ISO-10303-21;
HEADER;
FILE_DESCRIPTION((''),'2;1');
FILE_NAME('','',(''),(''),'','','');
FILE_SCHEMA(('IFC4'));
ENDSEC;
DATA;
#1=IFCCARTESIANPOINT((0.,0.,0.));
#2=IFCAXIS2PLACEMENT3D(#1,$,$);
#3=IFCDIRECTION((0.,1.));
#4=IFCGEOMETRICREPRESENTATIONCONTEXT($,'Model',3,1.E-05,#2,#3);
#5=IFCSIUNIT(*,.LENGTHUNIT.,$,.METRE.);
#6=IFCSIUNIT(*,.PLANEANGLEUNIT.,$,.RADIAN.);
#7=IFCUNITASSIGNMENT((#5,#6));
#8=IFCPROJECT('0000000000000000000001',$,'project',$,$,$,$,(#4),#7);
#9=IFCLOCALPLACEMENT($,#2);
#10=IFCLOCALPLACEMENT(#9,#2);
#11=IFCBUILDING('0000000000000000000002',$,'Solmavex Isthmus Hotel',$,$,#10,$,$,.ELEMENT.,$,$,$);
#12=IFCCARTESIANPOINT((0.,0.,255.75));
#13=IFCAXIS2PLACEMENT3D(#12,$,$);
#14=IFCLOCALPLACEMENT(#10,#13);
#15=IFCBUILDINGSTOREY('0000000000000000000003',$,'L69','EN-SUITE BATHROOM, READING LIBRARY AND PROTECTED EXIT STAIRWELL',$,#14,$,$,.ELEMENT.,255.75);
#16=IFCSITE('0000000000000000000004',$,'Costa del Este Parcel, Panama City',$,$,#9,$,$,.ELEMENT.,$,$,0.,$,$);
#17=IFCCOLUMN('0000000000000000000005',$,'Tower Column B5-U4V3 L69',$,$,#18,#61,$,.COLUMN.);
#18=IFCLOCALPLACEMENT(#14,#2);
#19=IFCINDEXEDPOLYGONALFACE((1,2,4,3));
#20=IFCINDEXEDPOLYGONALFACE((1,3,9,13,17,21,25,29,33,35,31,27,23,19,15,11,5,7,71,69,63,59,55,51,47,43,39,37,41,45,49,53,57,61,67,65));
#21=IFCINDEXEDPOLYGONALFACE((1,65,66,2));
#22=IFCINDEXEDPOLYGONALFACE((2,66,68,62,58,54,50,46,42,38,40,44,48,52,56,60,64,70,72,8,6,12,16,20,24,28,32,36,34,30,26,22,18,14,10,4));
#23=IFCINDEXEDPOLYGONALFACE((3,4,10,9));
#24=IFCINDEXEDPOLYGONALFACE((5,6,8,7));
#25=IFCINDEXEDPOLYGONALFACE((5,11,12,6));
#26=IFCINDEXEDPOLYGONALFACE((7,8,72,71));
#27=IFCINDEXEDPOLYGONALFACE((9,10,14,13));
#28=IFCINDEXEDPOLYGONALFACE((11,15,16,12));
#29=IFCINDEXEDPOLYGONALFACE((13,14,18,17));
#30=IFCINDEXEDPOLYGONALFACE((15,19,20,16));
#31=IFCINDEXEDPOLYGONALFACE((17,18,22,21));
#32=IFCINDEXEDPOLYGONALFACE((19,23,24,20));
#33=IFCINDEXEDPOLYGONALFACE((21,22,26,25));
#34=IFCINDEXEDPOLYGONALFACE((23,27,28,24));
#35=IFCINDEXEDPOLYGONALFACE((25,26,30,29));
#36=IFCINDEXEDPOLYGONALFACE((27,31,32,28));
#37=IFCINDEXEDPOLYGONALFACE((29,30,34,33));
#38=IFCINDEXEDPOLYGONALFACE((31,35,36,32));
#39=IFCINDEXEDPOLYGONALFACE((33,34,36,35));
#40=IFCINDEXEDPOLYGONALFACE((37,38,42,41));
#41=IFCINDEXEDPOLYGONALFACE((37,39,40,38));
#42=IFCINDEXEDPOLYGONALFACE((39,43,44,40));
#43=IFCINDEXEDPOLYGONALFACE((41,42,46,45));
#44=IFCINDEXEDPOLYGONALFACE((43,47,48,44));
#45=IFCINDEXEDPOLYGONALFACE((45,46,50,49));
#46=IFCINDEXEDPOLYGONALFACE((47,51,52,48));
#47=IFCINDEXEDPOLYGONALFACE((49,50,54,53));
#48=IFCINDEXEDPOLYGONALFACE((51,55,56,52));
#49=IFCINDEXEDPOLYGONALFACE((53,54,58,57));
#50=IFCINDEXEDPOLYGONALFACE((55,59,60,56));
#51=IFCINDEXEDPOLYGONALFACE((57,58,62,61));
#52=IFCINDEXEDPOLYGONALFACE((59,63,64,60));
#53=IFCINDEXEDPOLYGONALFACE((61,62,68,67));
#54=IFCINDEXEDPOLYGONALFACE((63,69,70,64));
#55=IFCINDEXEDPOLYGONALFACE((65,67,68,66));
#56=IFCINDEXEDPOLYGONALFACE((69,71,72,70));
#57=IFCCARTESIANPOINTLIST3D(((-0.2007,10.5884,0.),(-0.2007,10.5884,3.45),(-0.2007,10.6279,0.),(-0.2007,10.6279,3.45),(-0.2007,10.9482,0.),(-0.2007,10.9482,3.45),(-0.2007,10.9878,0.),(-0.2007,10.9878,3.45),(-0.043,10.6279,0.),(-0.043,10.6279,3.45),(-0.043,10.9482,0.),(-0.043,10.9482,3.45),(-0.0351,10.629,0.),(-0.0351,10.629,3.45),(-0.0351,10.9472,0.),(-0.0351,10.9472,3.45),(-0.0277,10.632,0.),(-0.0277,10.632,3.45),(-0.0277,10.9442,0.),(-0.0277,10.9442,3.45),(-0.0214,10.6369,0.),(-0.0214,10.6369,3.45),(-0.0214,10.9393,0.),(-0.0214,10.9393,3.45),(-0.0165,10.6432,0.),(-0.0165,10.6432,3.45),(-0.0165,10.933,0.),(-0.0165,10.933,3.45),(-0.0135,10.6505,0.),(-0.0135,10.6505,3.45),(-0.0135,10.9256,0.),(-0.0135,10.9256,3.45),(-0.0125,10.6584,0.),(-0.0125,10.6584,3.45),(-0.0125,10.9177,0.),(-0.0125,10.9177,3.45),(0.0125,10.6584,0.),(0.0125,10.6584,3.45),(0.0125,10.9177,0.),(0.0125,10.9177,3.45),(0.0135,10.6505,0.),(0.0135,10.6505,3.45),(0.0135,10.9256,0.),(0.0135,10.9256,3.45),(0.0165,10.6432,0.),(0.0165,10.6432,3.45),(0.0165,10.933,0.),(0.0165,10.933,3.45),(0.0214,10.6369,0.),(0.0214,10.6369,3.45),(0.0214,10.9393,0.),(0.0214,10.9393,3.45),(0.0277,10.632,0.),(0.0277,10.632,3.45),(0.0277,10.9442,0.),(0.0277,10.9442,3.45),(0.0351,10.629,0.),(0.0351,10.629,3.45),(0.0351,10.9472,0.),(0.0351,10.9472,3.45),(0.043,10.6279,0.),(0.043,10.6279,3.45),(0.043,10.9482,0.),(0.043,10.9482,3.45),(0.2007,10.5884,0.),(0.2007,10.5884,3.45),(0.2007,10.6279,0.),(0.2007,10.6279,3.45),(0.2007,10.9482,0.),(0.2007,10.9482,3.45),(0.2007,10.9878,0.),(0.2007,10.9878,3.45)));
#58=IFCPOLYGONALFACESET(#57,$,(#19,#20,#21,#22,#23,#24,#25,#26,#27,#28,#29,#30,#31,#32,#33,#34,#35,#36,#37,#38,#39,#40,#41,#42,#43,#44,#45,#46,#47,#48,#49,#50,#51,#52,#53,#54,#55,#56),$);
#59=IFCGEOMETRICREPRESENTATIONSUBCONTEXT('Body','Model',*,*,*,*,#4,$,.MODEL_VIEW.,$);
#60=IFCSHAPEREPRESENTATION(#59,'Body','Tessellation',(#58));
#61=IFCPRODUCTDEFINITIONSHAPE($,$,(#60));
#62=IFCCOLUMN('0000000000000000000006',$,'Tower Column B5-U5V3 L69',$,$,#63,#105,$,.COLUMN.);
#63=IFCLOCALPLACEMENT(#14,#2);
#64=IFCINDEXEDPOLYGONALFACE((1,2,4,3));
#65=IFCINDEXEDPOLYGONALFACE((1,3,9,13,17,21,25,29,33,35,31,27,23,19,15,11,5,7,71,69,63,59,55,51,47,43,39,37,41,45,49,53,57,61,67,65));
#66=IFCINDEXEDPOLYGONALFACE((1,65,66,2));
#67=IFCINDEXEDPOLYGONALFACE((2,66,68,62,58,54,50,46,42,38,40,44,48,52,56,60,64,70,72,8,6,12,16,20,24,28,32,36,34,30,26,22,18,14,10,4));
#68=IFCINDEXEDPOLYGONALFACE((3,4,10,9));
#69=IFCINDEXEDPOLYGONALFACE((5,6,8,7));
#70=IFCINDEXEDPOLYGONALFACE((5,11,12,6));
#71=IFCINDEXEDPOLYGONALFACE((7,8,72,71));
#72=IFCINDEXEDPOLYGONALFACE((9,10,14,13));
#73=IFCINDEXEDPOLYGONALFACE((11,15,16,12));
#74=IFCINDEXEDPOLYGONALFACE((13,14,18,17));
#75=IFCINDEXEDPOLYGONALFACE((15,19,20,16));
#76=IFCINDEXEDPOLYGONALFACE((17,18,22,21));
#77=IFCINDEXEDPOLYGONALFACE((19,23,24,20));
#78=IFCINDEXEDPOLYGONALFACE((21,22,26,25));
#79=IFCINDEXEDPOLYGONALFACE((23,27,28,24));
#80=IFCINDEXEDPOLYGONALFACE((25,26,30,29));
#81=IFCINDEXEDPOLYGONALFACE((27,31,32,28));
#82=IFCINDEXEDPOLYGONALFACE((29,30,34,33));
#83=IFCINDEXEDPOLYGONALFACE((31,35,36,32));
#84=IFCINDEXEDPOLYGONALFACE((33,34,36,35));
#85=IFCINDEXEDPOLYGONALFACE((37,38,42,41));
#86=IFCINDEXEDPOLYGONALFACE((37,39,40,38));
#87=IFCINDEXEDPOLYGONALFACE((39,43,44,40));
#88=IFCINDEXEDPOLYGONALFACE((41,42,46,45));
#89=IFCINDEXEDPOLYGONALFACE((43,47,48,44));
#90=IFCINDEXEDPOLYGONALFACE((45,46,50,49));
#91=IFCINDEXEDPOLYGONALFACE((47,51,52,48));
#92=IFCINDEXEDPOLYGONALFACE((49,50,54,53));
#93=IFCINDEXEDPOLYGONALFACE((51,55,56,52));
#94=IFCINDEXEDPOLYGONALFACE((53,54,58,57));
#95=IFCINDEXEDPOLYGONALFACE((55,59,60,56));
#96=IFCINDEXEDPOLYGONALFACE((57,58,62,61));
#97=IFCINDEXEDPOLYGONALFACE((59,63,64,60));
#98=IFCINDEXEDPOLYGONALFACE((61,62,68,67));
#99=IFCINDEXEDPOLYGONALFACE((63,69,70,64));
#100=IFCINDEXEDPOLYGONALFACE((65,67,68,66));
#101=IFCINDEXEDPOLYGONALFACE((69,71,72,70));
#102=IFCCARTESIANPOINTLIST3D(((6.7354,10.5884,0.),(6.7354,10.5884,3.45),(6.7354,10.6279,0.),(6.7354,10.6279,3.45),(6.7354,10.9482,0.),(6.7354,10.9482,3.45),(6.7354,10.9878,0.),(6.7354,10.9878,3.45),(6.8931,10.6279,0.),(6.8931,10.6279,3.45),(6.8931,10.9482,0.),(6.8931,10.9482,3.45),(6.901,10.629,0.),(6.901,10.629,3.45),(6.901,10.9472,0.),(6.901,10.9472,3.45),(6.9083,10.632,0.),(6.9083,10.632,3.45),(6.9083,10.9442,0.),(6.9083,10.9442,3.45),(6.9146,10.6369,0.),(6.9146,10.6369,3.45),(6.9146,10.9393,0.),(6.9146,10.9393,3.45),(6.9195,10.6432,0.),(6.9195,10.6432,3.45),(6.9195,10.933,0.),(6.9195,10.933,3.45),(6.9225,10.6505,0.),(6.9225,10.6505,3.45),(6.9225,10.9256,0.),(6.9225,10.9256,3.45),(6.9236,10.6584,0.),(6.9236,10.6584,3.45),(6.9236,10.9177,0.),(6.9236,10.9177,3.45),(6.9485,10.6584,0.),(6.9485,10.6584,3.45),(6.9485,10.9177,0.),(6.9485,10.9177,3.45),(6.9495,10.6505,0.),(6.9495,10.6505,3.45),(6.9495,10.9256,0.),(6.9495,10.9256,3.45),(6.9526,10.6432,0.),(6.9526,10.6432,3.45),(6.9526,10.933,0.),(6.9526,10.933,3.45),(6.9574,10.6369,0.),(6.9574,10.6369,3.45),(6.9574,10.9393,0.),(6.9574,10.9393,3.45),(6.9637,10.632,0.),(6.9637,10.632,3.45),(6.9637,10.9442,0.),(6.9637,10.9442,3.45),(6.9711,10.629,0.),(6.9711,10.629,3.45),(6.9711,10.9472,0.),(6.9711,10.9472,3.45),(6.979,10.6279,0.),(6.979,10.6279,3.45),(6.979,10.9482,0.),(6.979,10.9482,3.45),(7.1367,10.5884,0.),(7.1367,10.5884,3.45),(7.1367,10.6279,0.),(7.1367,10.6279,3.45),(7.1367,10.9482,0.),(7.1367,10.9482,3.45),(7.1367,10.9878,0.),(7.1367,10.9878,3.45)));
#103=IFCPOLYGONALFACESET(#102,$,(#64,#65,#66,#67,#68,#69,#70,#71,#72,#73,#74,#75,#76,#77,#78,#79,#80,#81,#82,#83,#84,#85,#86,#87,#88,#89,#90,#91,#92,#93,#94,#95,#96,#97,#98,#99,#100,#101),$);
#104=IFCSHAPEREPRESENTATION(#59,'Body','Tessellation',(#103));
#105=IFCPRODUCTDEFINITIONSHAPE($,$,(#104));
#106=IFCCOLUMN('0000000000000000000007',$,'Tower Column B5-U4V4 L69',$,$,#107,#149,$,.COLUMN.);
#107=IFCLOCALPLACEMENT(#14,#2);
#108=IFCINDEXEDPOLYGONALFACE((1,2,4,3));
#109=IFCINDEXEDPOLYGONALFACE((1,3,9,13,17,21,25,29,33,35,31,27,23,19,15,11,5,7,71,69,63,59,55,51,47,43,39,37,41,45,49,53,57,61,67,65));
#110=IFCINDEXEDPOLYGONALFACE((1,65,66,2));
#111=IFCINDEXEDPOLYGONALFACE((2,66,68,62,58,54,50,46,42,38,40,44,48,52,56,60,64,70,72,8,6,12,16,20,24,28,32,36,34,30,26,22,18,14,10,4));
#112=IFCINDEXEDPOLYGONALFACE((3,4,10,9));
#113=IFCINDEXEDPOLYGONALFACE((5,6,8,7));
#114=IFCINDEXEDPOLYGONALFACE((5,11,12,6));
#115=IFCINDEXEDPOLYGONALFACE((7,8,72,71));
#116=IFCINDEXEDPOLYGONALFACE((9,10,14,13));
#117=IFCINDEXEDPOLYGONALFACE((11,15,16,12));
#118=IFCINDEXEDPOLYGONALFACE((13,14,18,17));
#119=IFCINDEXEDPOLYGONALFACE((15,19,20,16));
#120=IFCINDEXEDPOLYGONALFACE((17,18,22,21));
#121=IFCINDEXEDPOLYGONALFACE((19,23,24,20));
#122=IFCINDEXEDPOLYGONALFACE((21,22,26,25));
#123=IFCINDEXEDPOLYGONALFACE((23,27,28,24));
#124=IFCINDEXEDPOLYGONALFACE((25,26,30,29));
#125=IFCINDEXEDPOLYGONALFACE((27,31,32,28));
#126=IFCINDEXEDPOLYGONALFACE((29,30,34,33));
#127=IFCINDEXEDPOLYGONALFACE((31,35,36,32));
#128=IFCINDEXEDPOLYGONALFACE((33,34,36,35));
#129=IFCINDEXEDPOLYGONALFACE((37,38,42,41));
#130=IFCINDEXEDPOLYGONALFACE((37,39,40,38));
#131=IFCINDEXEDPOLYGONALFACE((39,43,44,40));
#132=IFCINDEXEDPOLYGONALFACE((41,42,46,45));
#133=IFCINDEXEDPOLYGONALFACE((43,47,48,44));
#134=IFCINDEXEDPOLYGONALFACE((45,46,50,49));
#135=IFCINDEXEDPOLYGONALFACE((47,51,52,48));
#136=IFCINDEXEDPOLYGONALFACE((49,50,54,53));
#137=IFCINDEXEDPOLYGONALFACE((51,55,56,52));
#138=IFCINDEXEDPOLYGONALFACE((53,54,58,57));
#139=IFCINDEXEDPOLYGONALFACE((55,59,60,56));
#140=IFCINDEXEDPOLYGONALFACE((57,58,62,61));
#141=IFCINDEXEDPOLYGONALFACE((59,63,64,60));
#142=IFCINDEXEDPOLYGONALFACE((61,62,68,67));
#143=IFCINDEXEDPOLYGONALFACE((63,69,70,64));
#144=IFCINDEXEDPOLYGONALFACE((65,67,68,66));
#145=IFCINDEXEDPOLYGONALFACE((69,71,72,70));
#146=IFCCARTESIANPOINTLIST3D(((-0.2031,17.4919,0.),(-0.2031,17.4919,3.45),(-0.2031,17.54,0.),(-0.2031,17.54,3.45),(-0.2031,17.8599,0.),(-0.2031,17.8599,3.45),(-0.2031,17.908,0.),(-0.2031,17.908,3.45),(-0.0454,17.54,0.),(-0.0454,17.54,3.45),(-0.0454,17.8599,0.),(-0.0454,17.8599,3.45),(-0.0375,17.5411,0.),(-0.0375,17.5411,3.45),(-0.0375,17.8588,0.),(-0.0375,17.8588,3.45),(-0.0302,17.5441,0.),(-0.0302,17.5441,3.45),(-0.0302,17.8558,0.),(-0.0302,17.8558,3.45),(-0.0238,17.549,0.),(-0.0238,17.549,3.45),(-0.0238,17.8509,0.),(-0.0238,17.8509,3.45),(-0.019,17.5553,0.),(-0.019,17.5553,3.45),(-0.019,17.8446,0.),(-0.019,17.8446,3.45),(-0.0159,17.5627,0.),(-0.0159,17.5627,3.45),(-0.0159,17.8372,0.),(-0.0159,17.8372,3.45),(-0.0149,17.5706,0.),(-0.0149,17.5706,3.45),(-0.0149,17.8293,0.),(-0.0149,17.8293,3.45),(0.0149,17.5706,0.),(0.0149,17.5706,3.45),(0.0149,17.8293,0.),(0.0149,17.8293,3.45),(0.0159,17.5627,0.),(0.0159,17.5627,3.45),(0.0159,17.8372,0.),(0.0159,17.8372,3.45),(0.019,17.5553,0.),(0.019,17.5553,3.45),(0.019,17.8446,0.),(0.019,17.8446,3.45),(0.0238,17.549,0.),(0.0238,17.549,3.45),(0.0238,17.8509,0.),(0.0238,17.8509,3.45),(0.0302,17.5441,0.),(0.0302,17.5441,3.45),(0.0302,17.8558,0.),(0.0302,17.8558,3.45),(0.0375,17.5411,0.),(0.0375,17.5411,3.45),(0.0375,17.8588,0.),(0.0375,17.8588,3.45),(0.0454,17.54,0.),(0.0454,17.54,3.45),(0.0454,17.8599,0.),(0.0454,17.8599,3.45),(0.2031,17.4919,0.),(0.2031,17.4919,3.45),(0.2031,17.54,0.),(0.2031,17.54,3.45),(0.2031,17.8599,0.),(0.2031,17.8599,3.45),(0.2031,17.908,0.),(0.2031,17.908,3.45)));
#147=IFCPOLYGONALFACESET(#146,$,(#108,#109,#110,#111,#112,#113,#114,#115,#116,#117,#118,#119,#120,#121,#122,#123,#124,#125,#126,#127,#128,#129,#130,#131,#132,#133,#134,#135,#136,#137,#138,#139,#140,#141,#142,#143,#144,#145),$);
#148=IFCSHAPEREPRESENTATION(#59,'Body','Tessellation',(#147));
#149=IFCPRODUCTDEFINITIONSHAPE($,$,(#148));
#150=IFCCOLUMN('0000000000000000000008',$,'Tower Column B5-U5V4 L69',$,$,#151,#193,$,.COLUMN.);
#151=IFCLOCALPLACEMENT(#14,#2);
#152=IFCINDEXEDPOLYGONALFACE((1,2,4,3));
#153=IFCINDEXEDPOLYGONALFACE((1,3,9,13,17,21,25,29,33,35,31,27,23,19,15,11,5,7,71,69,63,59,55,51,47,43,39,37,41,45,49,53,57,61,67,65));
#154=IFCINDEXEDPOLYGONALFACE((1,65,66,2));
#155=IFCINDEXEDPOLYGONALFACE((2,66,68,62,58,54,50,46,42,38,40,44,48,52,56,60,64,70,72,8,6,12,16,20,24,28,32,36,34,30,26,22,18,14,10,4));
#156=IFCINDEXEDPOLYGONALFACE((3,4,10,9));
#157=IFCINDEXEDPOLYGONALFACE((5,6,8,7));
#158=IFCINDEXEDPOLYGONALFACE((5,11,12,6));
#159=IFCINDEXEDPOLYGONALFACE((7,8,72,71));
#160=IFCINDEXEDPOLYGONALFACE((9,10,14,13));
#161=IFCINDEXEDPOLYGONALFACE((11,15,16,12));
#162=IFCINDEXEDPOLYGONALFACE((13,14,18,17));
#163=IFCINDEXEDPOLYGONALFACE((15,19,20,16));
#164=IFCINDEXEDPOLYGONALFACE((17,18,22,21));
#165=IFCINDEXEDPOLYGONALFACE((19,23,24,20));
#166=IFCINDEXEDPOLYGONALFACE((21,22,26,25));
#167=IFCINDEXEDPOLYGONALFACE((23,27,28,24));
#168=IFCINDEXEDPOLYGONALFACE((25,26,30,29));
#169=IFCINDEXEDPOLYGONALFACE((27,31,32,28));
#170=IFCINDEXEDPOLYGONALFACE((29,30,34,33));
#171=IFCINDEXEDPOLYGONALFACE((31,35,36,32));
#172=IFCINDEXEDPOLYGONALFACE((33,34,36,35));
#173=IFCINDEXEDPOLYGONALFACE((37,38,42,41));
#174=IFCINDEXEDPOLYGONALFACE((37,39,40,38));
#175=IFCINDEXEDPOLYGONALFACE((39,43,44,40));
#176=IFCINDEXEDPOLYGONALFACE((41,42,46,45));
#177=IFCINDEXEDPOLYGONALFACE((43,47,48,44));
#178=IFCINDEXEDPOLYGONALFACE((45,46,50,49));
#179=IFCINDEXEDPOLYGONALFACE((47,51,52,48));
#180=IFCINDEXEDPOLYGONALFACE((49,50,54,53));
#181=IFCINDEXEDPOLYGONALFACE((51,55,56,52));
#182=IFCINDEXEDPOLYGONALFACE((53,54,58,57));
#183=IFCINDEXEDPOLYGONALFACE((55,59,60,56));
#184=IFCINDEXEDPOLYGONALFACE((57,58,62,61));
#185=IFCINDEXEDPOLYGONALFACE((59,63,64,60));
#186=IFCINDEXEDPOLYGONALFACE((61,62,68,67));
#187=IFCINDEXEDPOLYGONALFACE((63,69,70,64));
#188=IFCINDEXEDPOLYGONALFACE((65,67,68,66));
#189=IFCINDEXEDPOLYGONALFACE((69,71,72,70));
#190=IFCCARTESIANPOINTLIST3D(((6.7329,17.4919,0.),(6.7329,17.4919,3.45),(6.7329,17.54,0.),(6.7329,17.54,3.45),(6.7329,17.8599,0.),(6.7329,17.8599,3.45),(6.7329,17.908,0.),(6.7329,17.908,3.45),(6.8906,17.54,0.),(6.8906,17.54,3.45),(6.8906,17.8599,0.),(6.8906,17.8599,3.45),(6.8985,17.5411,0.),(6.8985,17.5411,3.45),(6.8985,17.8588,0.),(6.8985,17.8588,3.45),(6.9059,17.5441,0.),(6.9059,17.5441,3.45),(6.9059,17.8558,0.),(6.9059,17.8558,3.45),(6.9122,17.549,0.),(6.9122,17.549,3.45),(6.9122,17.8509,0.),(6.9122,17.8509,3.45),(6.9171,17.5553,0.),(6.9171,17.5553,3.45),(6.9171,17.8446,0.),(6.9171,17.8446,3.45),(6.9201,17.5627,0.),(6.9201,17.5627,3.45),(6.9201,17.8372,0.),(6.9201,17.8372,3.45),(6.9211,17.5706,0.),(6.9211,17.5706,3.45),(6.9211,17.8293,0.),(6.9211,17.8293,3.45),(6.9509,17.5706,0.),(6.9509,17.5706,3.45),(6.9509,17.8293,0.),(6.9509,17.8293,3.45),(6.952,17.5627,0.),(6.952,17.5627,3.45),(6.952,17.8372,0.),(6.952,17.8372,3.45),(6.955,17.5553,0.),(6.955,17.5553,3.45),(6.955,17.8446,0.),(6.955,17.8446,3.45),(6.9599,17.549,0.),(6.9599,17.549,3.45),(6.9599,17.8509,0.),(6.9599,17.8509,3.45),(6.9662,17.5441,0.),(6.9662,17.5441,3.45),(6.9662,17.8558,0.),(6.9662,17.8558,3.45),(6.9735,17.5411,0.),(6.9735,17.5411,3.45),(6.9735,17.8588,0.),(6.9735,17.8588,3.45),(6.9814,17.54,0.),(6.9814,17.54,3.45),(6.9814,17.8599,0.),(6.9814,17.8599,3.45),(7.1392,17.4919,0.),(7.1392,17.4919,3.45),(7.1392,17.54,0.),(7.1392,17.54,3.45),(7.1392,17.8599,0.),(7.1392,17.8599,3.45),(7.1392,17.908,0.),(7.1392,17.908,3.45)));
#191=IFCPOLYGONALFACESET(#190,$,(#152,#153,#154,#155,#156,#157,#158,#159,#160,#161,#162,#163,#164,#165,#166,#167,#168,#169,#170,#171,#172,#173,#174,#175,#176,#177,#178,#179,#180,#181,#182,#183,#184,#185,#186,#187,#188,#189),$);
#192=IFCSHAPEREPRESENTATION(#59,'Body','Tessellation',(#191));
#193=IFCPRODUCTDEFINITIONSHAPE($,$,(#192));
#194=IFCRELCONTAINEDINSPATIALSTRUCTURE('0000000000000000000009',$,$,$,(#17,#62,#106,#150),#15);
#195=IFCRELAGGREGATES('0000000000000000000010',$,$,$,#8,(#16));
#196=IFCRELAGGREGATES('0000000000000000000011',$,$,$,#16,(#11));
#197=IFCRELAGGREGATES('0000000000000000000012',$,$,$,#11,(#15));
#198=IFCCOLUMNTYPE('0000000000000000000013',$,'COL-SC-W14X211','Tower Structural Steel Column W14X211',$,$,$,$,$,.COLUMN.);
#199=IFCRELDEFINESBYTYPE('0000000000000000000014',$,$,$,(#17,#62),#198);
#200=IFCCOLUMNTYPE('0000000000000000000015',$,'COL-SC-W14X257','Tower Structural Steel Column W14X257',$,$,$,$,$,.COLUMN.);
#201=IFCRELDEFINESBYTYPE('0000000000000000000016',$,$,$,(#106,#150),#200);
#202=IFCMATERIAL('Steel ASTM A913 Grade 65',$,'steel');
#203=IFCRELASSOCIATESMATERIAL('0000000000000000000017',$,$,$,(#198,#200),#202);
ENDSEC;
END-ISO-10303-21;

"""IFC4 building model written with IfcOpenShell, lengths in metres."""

from ifc_helpers import new_model, si_unit, direction, frame, origin, origin_2d, place, context, subcontext, project, spatial, i_section, extrude, material, material_profile, profile_set, type_object, element, save


model = new_model("IFC4")

# Units and contexts
model_context = context("Model", 3, precision=1e-05, world=origin(), true_north=direction((0.0, 1.0)))
body_context = subcontext(model_context, "Body", "Model", "MODEL_VIEW")
ifc_project = project(units=[si_unit("LENGTHUNIT", "METRE"), si_unit("PLANEANGLEUNIT", "RADIAN")], contexts=[model_context])

# Site, building, storey
site_placement = place(None, origin())
site = spatial("IfcSite", under=ifc_project, at=site_placement, Name="Costa del Este Parcel, Panama City", CompositionType="ELEMENT", RefElevation=0.0)
building_placement = place(site_placement, origin())
building = spatial("IfcBuilding", under=site, at=building_placement, Name="Solmavex Isthmus Hotel", CompositionType="ELEMENT")
storey_placement = place(building_placement, frame((0.0, 0.0, 255.75)))
storey = spatial("IfcBuildingStorey", under=building, at=storey_placement, Name="L69", Description="EN-SUITE BATHROOM, READING LIBRARY AND PROTECTED EXIT STAIRWELL", CompositionType="ELEMENT", Elevation=255.75)

# Columns
ifc_material_1 = material(Name="Steel ASTM A913 Grade 65", Category="steel")
ifc_material_profile_1 = material_profile(ifc_material_1, i_section(OverallWidth=0.4014, OverallDepth=0.3994, WebThickness=0.0249, FlangeThickness=0.0396, FilletRadius=0.0305, at=origin_2d()), Name="W14X211")
ifc_profile_set_1 = profile_set([ifc_material_profile_1], Name="Steel ASTM A913 Grade 65")
column_type_1 = type_object("IfcColumnType", Name="COL-SC-W14X211", Description="Tower Structural Steel Column W14X211", PredefinedType="COLUMN", material=ifc_profile_set_1)
for number, where, z_axis, x_axis, name in (
    (1, (0.0, 10.7881, 0.0), (0.0, 0.0, 1.0), (1.0, 0.0, 0.0), "Tower Column B5-U4V3 L69"),
    (2, (6.936, 10.7881, 0.0), (0.0, 0.0, 1.0), (1.0, 0.0, 0.0), "Tower Column B5-U5V3 L69"),
):
    element("IfcColumn", number, at=place(storey_placement, frame(where, z_axis=z_axis, x_axis=x_axis)), inside=storey, type_object=column_type_1, Name=name, PredefinedType="COLUMN", context=body_context, shape_type="SweptSolid", body=[
        extrude(i_section(OverallWidth=0.4014, OverallDepth=0.3994, WebThickness=0.0249, FlangeThickness=0.0396, FilletRadius=0.0305, at=origin_2d()), origin(), (0.0, 0.0, 1.0), 3.45),
    ])
ifc_material_profile_2 = material_profile(ifc_material_1, i_section(OverallWidth=0.4062, OverallDepth=0.416, WebThickness=0.0298, FlangeThickness=0.0481, FilletRadius=0.0305, at=origin_2d()), Name="W14X257")
ifc_profile_set_2 = profile_set([ifc_material_profile_2], Name="Steel ASTM A913 Grade 65")
column_type_2 = type_object("IfcColumnType", Name="COL-SC-W14X257", Description="Tower Structural Steel Column W14X257", PredefinedType="COLUMN", material=ifc_profile_set_2)
for number, where, z_axis, x_axis, name in (
    (3, (0.0, 17.7, 0.0), (0.0, 0.0, 1.0), (1.0, 0.0, 0.0), "Tower Column B5-U4V4 L69"),
    (4, (6.936, 17.7, 0.0), (0.0, 0.0, 1.0), (1.0, 0.0, 0.0), "Tower Column B5-U5V4 L69"),
):
    element("IfcColumn", number, at=place(storey_placement, frame(where, z_axis=z_axis, x_axis=x_axis)), inside=storey, type_object=column_type_2, Name=name, PredefinedType="COLUMN", context=body_context, shape_type="SweptSolid", body=[
        extrude(i_section(OverallWidth=0.4062, OverallDepth=0.416, WebThickness=0.0298, FlangeThickness=0.0481, FilletRadius=0.0305, at=origin_2d()), origin(), (0.0, 0.0, 1.0), 3.45),
    ])

save(model, "model.ifc")
